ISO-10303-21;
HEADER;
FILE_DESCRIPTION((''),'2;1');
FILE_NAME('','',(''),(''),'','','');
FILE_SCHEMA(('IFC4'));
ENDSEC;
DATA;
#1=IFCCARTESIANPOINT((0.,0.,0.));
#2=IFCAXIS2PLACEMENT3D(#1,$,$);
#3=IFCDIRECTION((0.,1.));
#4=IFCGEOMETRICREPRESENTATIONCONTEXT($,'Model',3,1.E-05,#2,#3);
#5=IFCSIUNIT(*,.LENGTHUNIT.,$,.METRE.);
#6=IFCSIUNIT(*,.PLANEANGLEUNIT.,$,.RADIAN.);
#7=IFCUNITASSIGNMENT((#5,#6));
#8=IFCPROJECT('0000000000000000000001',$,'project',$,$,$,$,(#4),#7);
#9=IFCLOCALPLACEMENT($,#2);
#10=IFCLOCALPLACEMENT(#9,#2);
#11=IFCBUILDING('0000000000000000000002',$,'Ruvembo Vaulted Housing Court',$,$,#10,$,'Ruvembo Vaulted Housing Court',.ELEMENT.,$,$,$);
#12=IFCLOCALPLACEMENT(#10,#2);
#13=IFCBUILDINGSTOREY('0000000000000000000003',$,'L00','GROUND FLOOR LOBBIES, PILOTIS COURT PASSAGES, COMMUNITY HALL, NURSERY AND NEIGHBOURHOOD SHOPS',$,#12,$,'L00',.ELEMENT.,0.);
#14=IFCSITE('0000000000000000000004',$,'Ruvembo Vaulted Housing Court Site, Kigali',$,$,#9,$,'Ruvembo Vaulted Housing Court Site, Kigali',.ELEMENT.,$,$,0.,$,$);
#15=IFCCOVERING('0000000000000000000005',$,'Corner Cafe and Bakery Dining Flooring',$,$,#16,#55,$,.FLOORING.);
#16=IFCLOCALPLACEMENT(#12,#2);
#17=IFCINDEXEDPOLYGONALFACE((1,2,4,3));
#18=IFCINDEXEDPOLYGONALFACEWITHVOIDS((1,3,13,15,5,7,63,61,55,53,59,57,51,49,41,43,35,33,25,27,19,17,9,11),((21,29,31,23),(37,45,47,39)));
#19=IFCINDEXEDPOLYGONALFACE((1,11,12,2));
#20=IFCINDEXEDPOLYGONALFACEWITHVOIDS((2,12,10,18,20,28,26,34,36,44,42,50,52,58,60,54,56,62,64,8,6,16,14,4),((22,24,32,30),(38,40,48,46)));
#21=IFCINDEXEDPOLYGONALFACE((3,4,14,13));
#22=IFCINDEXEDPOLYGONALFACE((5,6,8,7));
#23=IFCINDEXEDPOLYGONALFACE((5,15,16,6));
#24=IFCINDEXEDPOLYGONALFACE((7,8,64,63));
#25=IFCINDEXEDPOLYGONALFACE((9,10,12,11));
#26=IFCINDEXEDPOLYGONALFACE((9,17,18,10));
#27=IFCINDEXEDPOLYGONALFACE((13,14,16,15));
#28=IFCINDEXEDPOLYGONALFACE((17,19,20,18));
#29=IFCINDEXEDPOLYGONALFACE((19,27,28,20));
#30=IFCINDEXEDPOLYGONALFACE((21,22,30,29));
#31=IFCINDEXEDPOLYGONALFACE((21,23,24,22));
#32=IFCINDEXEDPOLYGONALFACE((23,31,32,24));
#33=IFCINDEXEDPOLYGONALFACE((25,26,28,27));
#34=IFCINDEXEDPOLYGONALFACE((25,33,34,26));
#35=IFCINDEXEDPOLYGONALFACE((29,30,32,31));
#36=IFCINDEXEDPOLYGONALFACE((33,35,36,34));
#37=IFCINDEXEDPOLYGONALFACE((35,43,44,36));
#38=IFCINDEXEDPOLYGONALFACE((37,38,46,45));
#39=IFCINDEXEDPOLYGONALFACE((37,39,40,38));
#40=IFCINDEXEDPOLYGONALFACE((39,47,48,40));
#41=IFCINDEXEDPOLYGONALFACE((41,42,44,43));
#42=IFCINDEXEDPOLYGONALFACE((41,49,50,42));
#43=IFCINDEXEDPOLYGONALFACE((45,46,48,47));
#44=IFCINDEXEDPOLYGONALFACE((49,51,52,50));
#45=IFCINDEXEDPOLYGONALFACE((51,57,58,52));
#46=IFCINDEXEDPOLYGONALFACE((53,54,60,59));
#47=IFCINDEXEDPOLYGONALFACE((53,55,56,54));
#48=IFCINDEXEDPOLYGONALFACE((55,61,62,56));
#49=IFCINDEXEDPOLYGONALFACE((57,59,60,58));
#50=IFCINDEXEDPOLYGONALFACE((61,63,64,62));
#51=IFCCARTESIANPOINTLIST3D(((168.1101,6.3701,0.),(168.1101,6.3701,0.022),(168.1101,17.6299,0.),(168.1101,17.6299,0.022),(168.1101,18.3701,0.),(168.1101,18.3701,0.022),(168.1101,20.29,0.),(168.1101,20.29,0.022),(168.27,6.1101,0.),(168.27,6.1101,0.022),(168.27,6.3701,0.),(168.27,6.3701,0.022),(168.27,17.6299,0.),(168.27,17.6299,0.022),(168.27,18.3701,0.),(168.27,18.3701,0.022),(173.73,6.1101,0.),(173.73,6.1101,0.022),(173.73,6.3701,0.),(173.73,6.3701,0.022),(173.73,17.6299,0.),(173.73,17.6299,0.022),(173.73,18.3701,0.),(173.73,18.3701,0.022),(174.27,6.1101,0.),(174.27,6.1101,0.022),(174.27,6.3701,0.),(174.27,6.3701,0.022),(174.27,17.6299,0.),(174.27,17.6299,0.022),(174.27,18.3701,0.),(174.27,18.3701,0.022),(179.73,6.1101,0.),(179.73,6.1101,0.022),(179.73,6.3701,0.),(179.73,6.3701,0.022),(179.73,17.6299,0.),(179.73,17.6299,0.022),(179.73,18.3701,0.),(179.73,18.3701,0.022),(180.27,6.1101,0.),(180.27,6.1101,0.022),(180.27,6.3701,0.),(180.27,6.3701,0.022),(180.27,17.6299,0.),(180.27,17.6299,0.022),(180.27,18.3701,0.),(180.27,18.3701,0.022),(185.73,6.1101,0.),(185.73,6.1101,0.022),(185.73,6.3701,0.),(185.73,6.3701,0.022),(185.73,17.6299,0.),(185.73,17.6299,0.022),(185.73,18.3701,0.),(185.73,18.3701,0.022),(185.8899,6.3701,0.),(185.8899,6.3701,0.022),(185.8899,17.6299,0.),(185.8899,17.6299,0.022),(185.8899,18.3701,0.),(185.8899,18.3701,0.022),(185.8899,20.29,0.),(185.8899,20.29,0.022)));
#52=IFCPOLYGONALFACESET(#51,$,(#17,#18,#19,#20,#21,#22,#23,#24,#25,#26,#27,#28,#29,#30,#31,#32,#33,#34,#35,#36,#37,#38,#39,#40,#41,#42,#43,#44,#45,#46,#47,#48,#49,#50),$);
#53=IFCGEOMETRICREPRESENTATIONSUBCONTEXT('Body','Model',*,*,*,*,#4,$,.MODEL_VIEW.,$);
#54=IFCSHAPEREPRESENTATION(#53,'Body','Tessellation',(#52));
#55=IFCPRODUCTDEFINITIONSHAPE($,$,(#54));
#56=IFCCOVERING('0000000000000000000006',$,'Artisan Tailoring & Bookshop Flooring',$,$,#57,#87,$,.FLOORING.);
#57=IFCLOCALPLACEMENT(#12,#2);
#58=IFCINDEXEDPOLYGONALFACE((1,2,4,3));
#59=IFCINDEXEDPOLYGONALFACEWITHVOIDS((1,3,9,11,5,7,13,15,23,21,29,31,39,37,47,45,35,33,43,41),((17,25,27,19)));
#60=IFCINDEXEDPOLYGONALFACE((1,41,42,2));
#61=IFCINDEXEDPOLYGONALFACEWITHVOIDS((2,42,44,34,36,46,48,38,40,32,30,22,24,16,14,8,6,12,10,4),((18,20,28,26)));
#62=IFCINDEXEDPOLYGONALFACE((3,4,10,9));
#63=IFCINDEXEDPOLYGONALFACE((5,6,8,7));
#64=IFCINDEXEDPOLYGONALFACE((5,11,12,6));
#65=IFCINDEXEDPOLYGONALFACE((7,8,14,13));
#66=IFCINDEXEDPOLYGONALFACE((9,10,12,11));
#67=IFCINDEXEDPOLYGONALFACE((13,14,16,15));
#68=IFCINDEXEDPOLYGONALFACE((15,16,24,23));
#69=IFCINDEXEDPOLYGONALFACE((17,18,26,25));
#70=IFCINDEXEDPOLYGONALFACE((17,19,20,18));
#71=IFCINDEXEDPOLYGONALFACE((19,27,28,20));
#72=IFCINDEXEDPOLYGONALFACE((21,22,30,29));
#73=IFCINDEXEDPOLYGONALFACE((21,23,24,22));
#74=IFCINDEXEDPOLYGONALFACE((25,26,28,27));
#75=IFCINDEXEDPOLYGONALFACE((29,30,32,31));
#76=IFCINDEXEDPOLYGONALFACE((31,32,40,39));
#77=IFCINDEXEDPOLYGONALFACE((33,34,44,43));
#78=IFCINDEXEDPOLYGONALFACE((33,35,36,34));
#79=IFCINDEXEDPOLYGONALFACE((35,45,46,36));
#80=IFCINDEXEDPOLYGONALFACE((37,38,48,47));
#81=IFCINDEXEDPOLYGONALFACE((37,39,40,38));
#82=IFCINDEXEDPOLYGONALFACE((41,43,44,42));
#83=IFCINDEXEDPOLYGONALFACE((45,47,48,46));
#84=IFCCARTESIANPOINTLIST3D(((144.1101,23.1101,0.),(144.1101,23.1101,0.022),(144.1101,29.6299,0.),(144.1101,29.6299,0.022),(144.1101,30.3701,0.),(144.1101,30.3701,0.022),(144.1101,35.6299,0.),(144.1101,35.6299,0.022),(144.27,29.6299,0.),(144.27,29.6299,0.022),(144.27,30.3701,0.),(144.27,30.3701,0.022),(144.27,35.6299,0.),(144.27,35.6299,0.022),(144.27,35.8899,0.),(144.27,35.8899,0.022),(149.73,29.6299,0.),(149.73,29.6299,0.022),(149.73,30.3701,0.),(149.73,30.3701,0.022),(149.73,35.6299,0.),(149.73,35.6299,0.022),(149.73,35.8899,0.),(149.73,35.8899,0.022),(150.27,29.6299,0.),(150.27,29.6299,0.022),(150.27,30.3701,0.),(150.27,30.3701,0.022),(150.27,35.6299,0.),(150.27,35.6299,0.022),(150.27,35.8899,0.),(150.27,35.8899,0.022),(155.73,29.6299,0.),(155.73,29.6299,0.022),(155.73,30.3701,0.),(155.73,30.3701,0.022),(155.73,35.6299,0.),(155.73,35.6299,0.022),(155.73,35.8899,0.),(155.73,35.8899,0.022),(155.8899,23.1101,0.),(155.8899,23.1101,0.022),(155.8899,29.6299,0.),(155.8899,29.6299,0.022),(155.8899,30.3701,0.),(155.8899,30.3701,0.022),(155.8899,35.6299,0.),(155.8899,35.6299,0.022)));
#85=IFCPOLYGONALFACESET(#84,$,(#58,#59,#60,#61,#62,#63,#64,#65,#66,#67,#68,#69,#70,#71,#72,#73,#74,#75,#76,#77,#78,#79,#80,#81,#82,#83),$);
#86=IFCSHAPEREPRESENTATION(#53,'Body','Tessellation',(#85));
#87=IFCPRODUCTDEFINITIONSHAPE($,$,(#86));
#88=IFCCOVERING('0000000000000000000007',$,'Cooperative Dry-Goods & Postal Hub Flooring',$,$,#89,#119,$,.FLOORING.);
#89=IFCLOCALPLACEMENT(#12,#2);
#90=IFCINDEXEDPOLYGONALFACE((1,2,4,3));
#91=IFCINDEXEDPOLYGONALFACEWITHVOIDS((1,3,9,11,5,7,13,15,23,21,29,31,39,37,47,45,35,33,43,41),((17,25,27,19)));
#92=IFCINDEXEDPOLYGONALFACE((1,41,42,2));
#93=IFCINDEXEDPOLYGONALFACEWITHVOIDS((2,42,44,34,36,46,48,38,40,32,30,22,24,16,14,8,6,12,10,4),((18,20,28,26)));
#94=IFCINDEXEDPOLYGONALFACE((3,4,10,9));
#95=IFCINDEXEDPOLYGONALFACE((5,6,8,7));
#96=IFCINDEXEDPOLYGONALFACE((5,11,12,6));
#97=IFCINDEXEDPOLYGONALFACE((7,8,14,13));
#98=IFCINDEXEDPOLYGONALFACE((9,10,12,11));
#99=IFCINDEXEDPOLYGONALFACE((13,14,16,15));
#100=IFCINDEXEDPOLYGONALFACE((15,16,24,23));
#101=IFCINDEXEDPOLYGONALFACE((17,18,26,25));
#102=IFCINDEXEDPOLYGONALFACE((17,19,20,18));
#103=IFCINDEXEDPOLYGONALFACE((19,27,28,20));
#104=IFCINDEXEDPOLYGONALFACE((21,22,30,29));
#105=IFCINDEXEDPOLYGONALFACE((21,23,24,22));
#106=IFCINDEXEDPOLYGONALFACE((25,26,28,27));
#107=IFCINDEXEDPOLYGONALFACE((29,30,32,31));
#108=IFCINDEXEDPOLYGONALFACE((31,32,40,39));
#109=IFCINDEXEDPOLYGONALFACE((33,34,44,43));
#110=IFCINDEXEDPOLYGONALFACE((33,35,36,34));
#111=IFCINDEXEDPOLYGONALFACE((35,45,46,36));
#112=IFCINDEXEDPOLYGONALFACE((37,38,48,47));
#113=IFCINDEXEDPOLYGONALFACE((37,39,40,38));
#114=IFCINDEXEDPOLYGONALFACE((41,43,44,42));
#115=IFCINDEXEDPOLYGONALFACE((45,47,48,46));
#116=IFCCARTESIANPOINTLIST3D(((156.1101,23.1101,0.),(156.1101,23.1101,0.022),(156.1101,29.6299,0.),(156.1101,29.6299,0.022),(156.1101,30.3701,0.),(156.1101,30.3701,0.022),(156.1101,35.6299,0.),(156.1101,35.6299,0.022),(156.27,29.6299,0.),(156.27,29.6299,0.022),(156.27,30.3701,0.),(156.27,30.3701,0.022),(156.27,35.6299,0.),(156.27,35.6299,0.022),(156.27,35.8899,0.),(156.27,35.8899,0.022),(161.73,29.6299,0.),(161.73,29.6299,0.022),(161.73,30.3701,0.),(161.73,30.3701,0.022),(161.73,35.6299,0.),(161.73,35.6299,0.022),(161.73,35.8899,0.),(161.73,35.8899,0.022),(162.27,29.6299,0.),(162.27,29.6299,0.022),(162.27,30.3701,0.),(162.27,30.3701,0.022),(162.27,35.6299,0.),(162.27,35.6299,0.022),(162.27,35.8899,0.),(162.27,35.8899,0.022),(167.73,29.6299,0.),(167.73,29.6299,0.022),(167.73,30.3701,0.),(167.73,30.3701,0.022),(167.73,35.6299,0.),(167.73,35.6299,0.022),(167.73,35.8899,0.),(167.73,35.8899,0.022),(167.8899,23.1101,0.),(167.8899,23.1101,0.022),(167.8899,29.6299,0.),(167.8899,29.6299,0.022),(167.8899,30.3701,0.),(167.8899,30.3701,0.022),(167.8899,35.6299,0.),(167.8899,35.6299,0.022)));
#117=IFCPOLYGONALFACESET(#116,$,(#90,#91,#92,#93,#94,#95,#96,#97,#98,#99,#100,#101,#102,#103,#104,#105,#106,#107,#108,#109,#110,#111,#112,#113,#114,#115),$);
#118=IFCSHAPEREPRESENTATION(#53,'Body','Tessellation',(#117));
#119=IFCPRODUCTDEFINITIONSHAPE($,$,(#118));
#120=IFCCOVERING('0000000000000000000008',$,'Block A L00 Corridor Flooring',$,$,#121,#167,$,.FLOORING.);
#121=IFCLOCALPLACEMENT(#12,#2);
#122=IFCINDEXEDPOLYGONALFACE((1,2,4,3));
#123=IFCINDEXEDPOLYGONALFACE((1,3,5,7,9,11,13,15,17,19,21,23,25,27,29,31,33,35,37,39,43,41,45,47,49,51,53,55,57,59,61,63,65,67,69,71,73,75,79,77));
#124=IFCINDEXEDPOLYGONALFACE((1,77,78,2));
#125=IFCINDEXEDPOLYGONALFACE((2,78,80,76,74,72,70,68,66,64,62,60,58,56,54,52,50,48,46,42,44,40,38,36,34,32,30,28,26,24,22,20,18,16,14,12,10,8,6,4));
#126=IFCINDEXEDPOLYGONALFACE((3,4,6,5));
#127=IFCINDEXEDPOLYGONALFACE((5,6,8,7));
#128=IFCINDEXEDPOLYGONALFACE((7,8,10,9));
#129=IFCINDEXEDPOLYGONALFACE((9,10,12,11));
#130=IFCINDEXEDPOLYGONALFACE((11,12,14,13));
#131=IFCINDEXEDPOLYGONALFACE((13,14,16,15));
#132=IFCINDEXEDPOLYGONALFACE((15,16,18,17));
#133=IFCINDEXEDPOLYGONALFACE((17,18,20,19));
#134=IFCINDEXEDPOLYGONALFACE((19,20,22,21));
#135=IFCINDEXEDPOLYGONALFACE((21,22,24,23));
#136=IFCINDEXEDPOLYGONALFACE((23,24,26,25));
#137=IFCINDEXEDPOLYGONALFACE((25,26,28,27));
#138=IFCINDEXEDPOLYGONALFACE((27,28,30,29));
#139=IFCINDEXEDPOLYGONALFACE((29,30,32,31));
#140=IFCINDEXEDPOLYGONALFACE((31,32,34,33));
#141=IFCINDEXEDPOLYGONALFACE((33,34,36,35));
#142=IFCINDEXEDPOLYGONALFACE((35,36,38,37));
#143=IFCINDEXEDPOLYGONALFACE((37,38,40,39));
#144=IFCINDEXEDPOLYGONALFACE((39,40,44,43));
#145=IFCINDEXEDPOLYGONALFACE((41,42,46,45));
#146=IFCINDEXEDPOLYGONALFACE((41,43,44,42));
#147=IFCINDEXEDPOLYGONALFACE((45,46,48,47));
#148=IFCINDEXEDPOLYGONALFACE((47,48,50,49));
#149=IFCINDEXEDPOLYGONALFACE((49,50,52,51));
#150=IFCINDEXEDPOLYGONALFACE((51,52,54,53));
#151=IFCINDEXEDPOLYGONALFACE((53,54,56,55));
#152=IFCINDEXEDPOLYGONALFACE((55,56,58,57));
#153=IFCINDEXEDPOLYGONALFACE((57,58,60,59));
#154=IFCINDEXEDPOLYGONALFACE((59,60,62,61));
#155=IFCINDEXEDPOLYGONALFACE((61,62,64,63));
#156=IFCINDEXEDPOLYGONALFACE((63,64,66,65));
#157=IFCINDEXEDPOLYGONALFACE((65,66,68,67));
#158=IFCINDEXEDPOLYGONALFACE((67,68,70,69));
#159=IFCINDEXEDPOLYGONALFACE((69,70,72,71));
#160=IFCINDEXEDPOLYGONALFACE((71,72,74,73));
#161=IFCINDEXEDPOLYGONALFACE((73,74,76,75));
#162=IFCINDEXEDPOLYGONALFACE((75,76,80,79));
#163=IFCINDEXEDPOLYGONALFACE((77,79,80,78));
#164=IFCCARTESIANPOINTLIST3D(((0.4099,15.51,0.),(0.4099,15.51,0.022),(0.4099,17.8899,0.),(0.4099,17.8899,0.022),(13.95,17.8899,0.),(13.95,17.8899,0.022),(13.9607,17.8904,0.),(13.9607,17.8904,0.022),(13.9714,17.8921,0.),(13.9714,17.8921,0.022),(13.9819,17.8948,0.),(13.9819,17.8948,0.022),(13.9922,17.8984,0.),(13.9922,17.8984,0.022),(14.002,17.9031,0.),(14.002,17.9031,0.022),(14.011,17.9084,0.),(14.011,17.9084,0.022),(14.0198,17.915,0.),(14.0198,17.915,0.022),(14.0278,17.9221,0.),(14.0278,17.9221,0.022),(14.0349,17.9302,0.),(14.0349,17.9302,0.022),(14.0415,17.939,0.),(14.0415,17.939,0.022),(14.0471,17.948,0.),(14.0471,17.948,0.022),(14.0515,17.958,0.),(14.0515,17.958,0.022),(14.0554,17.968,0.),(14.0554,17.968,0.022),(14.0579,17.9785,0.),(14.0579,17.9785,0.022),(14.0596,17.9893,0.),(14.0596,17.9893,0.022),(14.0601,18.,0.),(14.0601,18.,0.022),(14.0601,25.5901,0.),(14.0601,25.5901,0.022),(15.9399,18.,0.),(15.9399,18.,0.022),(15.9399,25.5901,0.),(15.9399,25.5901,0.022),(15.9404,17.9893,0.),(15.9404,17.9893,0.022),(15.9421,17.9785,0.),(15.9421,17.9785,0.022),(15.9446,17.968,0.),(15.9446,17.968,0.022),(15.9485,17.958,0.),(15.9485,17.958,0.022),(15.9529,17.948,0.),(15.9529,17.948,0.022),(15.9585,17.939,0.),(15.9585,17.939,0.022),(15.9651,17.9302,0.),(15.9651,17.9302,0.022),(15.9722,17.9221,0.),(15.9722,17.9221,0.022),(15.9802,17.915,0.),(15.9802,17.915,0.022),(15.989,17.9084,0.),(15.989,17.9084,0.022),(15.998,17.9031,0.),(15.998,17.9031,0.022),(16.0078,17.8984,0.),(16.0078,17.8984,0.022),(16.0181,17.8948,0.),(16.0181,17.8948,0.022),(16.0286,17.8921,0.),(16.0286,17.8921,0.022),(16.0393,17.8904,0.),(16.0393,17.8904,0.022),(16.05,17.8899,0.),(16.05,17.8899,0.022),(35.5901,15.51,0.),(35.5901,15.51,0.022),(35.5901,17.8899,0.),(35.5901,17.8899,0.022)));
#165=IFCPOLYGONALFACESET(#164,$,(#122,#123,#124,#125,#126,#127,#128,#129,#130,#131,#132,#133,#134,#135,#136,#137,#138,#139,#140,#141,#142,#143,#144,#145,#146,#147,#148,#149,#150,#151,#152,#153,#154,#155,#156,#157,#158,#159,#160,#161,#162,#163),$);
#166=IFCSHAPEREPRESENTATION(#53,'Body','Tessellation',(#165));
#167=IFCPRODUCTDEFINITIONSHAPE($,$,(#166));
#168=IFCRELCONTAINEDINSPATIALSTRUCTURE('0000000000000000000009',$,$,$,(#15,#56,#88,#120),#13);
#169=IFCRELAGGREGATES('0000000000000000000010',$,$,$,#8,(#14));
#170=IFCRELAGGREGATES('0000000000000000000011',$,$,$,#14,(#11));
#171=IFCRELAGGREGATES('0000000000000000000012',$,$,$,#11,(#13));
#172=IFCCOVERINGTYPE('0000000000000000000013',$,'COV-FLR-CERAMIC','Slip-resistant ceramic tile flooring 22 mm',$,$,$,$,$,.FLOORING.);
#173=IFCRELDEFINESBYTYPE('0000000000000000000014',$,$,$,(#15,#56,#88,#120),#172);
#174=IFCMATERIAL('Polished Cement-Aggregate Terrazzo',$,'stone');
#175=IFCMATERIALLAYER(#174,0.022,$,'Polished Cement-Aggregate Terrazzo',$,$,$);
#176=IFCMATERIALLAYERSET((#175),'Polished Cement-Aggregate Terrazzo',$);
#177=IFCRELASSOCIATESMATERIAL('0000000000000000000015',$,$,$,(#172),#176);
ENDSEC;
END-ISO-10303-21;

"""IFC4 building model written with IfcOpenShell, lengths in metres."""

from ifc_helpers import new_model, si_unit, direction, origin, place, context, subcontext, project, spatial, polyline, outline, extrude, material, layer, layer_set, type_object, element, save


model = new_model("IFC4")

# Units and contexts
model_context = context("Model", 3, precision=1e-05, world=origin(), true_north=direction((0.0, 1.0)))
body_context = subcontext(model_context, "Body", "Model", "MODEL_VIEW")
ifc_project = project(units=[si_unit("LENGTHUNIT", "METRE"), si_unit("PLANEANGLEUNIT", "RADIAN")], contexts=[model_context])

# Site, building, storey
site_placement = place(None, origin())
site = spatial("IfcSite", under=ifc_project, at=site_placement, Name="Ruvembo Vaulted Housing Court Site, Kigali", LongName="Ruvembo Vaulted Housing Court Site, Kigali", CompositionType="ELEMENT", RefElevation=0.0)
building_placement = place(site_placement, origin())
building = spatial("IfcBuilding", under=site, at=building_placement, Name="Ruvembo Vaulted Housing Court", LongName="Ruvembo Vaulted Housing Court", CompositionType="ELEMENT")
storey_placement = place(building_placement, origin())
storey = spatial("IfcBuildingStorey", under=building, at=storey_placement, Name="L00", Description="GROUND FLOOR LOBBIES, PILOTIS COURT PASSAGES, COMMUNITY HALL, NURSERY AND NEIGHBOURHOOD SHOPS", LongName="L00", CompositionType="ELEMENT", Elevation=0.0)

# Coverings
ifc_material_1 = material(Name="Polished Cement-Aggregate Terrazzo", Category="stone")
ifc_layer_1 = layer(ifc_material_1, 0.022, Name="Polished Cement-Aggregate Terrazzo")
ifc_layer_set_1 = layer_set([ifc_layer_1], Name="Polished Cement-Aggregate Terrazzo")
covering_type = type_object("IfcCoveringType", Name="COV-FLR-CERAMIC", Description="Slip-resistant ceramic tile flooring 22 mm", PredefinedType="FLOORING", material=ifc_layer_set_1)
covering_1_placement = place(storey_placement, origin())
element("IfcCovering", 1, at=covering_1_placement, inside=storey, type_object=covering_type, Name="Corner Cafe and Bakery Dining Flooring", PredefinedType="FLOORING", context=body_context, shape_type="SweptSolid", body=[
    extrude(outline(polyline([(168.27, 18.3701), (168.27, 17.6299), (168.1101, 17.6299), (168.1101, 6.3701), (168.27, 6.3701), (168.27, 6.1101), (173.73, 6.1101), (173.73, 6.3701), (174.27, 6.3701), (174.27, 6.1101), (179.73, 6.1101), (179.73, 6.3701), (180.27, 6.3701), (180.27, 6.1101), (185.73, 6.1101), (185.73, 6.3701), (185.8899, 6.3701), (185.8899, 17.6299), (185.73, 17.6299), (185.73, 18.3701), (185.8899, 18.3701), (185.8899, 20.29), (168.1101, 20.29), (168.1101, 18.3701), (168.27, 18.3701)]), holes=[polyline([(179.73, 17.6299), (180.27, 17.6299), (180.27, 18.3701), (179.73, 18.3701), (179.73, 17.6299)]), polyline([(174.27, 17.6299), (174.27, 18.3701), (173.73, 18.3701), (173.73, 17.6299), (174.27, 17.6299)])]), origin(), (0.0, 0.0, 1.0), 0.022),
])
covering_2_placement = place(storey_placement, origin())
element("IfcCovering", 2, at=covering_2_placement, inside=storey, type_object=covering_type, Name="Artisan Tailoring & Bookshop Flooring", PredefinedType="FLOORING", context=body_context, shape_type="SweptSolid", body=[
    extrude(outline(polyline([(144.27, 30.3701), (144.27, 29.6299), (144.1101, 29.6299), (144.1101, 23.1101), (155.8899, 23.1101), (155.8899, 29.6299), (155.73, 29.6299), (155.73, 30.3701), (155.8899, 30.3701), (155.8899, 35.6299), (155.73, 35.6299), (155.73, 35.8899), (150.27, 35.8899), (150.27, 35.6299), (149.73, 35.6299), (149.73, 35.8899), (144.27, 35.8899), (144.27, 35.6299), (144.1101, 35.6299), (144.1101, 30.3701), (144.27, 30.3701)]), holes=[polyline([(149.73, 29.6299), (150.27, 29.6299), (150.27, 30.3701), (149.73, 30.3701), (149.73, 29.6299)])]), origin(), (0.0, 0.0, 1.0), 0.022),
])
covering_3_placement = place(storey_placement, origin())
element("IfcCovering", 3, at=covering_3_placement, inside=storey, type_object=covering_type, Name="Cooperative Dry-Goods & Postal Hub Flooring", PredefinedType="FLOORING", context=body_context, shape_type="SweptSolid", body=[
    extrude(outline(polyline([(156.27, 30.3701), (156.27, 29.6299), (156.1101, 29.6299), (156.1101, 23.1101), (167.8899, 23.1101), (167.8899, 29.6299), (167.73, 29.6299), (167.73, 30.3701), (167.8899, 30.3701), (167.8899, 35.6299), (167.73, 35.6299), (167.73, 35.8899), (162.27, 35.8899), (162.27, 35.6299), (161.73, 35.6299), (161.73, 35.8899), (156.27, 35.8899), (156.27, 35.6299), (156.1101, 35.6299), (156.1101, 30.3701), (156.27, 30.3701)]), holes=[polyline([(161.73, 29.6299), (162.27, 29.6299), (162.27, 30.3701), (161.73, 30.3701), (161.73, 29.6299)])]), origin(), (0.0, 0.0, 1.0), 0.022),
])
covering_4_placement = place(storey_placement, origin())
element("IfcCovering", 4, at=covering_4_placement, inside=storey, type_object=covering_type, Name="Block A L00 Corridor Flooring", PredefinedType="FLOORING", context=body_context, shape_type="SweptSolid", body=[
    extrude(outline(polyline([(13.95, 17.8899), (0.4099, 17.8899), (0.4099, 15.51), (35.5901, 15.51), (35.5901, 17.8899), (16.05, 17.8899), (16.0393, 17.8904), (16.0286, 17.8921), (16.0181, 17.8948), (16.0078, 17.8984), (15.998, 17.9031), (15.989, 17.9084), (15.9802, 17.915), (15.9722, 17.9221), (15.9651, 17.9302), (15.9585, 17.939), (15.9529, 17.948), (15.9485, 17.958), (15.9446, 17.968), (15.9421, 17.9785), (15.9404, 17.9893), (15.9399, 18.0), (15.9399, 25.5901), (14.0601, 25.5901), (14.0601, 18.0), (14.0596, 17.9893), (14.0579, 17.9785), (14.0554, 17.968), (14.0515, 17.958), (14.0471, 17.948), (14.0415, 17.939), (14.0349, 17.9302), (14.0278, 17.9221), (14.0198, 17.915), (14.011, 17.9084), (14.002, 17.9031), (13.9922, 17.8984), (13.9819, 17.8948), (13.9714, 17.8921), (13.9607, 17.8904), (13.95, 17.8899)])), origin(), (0.0, 0.0, 1.0), 0.022),
])

save(model, "model.ifc")
